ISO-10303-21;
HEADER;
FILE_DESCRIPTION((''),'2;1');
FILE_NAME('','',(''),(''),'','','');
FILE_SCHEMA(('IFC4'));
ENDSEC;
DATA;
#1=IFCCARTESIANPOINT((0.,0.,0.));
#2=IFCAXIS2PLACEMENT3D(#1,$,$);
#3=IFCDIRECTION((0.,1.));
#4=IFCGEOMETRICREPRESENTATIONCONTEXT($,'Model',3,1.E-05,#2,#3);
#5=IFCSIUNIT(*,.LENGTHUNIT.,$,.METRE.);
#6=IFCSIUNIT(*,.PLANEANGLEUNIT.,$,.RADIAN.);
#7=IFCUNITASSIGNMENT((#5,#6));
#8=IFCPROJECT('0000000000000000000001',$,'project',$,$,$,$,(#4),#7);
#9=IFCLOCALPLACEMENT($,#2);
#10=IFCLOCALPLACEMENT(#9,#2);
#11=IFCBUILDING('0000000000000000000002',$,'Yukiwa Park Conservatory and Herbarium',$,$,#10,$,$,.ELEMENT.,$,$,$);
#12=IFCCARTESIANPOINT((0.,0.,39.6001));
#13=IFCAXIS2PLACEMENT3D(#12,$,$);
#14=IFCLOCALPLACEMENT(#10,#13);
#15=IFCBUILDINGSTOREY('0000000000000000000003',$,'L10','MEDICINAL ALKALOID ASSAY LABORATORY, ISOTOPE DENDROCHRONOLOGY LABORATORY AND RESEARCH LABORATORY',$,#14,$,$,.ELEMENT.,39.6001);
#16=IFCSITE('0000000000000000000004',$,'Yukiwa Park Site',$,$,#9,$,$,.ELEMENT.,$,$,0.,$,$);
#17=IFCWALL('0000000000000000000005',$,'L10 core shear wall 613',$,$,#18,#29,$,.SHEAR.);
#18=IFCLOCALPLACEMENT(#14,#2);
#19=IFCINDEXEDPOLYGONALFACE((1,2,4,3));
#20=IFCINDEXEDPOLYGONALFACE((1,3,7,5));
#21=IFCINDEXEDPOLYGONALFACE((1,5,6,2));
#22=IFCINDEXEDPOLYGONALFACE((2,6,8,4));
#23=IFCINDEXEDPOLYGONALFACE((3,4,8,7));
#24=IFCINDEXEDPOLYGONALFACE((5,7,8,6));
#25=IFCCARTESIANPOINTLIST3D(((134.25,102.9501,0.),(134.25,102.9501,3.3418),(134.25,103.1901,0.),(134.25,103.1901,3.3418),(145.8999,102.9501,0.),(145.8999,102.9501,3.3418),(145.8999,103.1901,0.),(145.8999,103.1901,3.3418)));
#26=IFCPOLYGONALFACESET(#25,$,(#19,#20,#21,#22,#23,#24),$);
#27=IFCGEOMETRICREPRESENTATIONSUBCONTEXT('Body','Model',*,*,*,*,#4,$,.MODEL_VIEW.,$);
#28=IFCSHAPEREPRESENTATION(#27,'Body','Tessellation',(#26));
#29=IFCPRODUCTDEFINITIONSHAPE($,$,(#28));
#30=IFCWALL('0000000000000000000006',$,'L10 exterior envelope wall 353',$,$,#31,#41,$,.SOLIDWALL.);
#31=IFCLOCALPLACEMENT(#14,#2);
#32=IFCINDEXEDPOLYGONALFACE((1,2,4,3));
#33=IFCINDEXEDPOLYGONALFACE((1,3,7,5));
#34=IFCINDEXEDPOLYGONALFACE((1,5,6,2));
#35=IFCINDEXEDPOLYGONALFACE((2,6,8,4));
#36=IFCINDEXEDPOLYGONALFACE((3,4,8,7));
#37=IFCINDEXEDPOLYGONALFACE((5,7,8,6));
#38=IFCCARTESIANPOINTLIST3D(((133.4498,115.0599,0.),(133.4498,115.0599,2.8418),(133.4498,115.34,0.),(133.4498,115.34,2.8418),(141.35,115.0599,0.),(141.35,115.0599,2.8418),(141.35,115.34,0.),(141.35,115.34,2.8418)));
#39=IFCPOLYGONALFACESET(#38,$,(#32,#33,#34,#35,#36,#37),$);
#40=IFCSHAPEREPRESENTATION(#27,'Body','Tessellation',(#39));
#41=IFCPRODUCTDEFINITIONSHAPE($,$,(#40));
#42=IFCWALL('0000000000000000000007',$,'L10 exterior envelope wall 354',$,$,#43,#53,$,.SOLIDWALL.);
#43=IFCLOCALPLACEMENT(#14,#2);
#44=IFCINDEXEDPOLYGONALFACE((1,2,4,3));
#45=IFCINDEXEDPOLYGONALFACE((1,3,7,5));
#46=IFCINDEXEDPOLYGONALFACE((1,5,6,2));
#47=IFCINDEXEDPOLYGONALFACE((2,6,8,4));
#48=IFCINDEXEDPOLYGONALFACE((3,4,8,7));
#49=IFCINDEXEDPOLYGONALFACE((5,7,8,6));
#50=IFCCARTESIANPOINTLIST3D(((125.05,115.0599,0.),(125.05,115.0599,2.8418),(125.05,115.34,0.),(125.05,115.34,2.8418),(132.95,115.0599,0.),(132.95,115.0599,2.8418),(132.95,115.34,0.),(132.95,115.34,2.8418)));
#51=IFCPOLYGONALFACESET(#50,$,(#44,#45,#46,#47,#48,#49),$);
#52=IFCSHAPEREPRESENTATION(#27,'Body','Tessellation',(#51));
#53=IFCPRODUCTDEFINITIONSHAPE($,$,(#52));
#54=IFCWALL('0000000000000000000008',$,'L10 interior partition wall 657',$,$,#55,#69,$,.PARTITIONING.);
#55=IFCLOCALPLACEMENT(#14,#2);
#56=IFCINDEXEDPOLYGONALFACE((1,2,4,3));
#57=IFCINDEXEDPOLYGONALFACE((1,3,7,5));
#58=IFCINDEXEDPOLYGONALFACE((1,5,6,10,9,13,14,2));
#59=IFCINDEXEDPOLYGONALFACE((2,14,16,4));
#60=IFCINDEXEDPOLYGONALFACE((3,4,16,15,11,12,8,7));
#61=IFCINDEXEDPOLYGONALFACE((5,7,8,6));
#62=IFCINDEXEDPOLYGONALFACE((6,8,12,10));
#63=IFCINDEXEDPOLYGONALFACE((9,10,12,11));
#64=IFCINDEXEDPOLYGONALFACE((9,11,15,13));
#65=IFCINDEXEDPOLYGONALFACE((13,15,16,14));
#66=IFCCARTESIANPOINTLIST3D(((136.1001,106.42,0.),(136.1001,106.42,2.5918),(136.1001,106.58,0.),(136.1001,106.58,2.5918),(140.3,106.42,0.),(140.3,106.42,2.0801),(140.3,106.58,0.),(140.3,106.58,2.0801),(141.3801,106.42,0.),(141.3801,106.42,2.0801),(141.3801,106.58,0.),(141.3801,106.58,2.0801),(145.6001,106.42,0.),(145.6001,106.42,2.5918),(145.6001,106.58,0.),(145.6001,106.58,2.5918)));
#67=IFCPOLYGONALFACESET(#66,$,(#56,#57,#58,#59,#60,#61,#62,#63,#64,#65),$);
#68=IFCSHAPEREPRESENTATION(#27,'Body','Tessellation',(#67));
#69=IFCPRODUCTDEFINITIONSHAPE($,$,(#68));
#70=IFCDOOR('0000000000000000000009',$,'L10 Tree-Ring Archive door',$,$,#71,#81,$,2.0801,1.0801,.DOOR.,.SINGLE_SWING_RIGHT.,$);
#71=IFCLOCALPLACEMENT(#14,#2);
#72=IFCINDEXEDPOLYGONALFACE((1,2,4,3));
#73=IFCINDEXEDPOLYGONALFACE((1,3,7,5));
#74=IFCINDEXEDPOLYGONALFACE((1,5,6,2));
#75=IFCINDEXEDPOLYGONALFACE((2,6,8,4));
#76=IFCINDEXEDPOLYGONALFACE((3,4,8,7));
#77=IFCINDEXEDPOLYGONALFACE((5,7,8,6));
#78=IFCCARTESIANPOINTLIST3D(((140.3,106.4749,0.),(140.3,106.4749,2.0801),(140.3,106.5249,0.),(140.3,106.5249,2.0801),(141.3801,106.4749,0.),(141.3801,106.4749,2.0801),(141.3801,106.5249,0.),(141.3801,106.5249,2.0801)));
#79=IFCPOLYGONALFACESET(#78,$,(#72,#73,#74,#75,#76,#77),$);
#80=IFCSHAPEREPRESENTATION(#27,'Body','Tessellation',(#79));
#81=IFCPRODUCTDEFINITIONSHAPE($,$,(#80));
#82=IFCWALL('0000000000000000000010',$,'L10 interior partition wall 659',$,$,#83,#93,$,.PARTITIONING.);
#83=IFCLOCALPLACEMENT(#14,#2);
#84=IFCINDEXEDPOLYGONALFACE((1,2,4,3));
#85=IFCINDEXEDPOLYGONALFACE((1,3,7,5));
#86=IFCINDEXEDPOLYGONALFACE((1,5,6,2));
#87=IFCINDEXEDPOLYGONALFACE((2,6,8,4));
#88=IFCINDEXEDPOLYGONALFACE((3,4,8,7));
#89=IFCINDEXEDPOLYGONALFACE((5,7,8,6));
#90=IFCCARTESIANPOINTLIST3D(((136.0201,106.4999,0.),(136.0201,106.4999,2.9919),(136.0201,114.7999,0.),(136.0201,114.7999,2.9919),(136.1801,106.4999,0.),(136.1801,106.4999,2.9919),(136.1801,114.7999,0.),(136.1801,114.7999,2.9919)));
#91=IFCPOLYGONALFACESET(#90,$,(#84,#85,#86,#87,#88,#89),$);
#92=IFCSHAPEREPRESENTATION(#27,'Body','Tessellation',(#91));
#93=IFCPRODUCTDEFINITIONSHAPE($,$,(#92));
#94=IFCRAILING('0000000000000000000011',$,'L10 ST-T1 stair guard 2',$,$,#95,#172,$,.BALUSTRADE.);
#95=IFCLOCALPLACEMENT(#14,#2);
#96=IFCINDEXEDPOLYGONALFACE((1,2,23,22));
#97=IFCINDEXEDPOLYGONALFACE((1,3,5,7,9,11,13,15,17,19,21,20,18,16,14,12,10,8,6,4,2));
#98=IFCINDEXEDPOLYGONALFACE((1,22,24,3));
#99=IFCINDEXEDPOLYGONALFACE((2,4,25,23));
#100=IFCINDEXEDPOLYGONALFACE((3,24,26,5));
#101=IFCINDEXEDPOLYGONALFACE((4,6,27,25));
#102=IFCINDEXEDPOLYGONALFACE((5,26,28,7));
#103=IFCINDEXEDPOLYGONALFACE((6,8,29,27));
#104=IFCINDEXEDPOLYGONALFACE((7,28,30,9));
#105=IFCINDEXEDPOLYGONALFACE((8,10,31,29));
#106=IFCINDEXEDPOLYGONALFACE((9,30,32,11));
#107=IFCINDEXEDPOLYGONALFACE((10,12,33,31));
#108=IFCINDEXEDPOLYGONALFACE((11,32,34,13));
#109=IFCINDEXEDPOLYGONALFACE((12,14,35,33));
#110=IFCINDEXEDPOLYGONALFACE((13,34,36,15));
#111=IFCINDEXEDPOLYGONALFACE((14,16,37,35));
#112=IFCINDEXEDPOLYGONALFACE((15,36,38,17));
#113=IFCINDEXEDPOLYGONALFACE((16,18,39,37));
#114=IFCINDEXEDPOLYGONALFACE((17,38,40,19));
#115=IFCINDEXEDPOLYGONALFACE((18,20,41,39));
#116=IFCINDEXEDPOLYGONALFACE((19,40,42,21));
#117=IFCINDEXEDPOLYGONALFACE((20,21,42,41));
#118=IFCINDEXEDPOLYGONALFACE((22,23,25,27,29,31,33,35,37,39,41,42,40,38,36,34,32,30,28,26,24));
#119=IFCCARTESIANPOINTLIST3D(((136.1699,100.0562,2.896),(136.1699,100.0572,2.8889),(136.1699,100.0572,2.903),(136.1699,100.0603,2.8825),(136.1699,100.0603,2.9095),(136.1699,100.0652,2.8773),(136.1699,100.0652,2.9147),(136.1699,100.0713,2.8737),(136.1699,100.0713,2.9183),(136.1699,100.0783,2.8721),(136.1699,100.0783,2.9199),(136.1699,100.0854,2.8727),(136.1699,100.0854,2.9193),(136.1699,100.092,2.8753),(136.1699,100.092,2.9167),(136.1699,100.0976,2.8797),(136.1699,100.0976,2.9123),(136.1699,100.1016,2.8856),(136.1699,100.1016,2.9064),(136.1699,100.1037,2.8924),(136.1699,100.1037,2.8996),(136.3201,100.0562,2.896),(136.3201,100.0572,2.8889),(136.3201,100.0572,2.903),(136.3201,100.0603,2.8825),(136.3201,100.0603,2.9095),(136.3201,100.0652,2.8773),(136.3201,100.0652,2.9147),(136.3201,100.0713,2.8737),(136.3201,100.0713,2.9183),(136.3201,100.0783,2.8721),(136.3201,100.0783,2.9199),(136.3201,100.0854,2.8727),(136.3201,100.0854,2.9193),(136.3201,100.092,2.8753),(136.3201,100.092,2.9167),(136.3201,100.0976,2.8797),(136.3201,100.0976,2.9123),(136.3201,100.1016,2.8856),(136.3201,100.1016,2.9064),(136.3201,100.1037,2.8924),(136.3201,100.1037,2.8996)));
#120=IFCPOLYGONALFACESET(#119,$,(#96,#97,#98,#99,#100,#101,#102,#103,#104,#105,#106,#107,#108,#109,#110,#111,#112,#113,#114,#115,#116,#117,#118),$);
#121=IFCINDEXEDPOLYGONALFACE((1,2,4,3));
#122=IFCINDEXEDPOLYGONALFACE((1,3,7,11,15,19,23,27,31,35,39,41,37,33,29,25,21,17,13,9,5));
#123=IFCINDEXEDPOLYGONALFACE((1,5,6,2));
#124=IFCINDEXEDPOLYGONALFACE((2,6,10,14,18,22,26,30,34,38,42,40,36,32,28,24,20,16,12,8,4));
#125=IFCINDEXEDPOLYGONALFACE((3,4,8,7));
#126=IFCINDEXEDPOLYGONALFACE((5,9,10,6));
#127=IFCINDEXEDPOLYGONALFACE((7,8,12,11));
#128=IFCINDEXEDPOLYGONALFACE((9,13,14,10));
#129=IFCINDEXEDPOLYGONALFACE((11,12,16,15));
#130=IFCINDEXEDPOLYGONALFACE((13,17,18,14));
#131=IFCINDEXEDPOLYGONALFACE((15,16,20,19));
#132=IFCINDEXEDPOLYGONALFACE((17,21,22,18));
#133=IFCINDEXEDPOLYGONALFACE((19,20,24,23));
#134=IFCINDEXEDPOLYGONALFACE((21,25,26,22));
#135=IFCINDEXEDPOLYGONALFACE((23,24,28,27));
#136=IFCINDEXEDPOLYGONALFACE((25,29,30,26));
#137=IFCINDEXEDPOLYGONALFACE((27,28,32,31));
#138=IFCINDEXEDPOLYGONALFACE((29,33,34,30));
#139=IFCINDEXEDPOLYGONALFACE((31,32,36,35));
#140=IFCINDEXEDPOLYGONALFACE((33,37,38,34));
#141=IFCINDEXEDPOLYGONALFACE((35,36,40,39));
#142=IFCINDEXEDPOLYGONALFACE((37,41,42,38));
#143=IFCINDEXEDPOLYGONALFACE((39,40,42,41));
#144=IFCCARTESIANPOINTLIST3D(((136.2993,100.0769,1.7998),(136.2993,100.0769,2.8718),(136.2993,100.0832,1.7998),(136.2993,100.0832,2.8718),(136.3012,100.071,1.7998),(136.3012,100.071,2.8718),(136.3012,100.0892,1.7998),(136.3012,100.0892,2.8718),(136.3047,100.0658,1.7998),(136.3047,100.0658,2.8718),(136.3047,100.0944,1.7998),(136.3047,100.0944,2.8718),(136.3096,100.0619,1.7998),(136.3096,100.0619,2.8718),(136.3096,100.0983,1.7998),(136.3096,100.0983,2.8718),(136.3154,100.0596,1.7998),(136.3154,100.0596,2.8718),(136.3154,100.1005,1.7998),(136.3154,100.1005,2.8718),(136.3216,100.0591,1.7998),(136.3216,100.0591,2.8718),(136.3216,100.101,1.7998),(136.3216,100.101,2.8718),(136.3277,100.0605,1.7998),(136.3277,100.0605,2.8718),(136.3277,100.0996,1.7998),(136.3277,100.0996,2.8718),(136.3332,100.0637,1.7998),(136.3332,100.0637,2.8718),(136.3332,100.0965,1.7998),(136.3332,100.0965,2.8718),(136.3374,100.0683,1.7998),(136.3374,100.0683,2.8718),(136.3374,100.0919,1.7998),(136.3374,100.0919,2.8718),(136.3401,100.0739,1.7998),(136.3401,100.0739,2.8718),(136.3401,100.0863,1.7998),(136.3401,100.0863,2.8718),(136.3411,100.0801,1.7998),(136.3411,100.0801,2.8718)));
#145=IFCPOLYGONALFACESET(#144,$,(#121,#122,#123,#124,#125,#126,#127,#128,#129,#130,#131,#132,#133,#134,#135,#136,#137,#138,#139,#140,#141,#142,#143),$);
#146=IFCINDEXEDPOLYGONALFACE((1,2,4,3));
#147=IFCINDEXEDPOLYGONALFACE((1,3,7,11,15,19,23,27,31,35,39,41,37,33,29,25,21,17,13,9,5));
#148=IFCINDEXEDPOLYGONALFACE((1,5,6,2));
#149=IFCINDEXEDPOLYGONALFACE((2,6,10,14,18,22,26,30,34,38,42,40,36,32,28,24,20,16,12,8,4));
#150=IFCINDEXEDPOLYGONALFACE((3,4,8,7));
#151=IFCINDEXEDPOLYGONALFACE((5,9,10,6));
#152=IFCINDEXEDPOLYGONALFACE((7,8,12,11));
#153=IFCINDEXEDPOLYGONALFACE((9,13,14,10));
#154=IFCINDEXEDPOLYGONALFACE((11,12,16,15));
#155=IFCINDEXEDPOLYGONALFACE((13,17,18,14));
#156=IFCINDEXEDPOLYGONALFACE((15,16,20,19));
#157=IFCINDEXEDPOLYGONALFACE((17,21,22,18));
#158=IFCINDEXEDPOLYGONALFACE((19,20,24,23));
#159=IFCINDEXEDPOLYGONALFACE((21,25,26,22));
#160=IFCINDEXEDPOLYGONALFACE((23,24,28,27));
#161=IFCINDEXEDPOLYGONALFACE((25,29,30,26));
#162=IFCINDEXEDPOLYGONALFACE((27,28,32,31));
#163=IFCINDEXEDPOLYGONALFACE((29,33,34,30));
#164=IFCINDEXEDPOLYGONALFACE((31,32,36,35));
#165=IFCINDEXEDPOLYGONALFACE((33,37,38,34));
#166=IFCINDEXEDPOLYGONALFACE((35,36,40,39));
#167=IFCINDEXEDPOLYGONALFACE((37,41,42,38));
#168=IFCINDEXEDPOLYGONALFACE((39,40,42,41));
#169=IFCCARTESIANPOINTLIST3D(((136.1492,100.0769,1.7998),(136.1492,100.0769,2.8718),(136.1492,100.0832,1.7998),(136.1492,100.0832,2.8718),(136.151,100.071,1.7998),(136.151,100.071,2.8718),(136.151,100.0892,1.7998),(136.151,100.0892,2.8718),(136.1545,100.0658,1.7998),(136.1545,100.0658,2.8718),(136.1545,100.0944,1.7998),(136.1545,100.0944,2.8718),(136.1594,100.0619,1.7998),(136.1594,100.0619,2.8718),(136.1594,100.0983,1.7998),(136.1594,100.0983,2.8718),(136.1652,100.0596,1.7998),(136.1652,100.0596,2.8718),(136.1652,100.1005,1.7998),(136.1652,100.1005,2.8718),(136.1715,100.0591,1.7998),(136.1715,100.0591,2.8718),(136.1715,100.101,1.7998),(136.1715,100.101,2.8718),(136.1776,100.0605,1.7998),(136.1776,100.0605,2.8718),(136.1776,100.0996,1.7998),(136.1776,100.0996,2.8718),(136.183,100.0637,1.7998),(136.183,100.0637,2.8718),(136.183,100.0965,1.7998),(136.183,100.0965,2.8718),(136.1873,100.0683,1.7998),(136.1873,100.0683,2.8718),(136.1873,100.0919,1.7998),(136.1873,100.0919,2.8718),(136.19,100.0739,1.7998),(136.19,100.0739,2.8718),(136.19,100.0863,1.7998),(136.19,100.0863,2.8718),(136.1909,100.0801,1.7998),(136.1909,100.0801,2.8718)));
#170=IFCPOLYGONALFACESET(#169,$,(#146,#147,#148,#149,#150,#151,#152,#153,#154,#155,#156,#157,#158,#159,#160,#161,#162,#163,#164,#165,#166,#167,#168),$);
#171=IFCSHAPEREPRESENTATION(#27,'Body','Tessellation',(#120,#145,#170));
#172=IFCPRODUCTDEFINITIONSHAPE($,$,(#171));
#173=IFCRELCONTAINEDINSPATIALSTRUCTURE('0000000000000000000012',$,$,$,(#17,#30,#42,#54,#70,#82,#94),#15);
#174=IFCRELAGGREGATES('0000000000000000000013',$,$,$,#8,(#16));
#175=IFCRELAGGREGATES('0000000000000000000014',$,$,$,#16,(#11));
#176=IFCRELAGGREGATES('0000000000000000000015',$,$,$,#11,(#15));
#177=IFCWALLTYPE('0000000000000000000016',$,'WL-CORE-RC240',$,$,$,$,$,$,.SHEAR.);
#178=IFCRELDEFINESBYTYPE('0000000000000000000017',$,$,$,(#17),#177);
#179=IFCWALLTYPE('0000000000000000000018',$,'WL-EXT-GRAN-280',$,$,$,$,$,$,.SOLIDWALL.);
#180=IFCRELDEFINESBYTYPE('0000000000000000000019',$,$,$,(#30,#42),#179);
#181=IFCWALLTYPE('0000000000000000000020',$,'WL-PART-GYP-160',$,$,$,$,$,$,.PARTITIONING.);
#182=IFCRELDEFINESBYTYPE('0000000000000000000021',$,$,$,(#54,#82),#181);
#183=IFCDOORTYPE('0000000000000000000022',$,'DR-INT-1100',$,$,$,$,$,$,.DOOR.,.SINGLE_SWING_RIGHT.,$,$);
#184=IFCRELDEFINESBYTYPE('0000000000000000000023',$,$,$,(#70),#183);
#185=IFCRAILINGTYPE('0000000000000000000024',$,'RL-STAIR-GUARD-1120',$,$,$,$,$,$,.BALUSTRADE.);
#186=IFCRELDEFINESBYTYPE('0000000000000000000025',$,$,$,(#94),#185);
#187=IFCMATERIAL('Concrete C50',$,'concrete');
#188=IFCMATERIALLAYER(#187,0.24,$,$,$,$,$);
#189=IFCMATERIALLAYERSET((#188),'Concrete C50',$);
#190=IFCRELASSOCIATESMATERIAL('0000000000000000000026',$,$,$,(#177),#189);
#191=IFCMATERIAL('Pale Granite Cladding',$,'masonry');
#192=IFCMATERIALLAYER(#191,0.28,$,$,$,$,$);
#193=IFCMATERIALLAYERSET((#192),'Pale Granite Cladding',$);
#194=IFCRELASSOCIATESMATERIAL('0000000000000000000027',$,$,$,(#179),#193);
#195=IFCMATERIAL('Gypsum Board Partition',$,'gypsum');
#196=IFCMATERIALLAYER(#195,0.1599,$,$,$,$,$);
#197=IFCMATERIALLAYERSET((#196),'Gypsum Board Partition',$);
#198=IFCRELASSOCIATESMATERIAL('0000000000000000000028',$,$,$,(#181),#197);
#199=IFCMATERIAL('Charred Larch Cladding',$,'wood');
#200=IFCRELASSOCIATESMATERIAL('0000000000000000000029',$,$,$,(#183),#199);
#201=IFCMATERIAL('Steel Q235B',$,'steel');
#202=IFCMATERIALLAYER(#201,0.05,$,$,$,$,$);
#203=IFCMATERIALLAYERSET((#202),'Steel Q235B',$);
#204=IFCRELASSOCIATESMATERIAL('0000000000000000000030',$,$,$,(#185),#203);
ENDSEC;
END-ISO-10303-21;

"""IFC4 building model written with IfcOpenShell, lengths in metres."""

from ifc_helpers import new_model, si_unit, direction, frame, frame_2d, origin, origin_2d, place, context, subcontext, project, spatial, rectangle, circle, extrude, material, layer, layer_set, type_object, element, fill, save


model = new_model("IFC4")

# Units and contexts
model_context = context("Model", 3, precision=1e-05, world=origin(), true_north=direction((0.0, 1.0)))
body_context = subcontext(model_context, "Body", "Model", "MODEL_VIEW")
ifc_project = project(units=[si_unit("LENGTHUNIT", "METRE"), si_unit("PLANEANGLEUNIT", "RADIAN")], contexts=[model_context])

# Site, building, storey
site_placement = place(None, origin())
site = spatial("IfcSite", under=ifc_project, at=site_placement, Name="Yukiwa Park Site", CompositionType="ELEMENT", RefElevation=0.0)
building_placement = place(site_placement, origin())
building = spatial("IfcBuilding", under=site, at=building_placement, Name="Yukiwa Park Conservatory and Herbarium", CompositionType="ELEMENT")
storey_placement = place(building_placement, frame((0.0, 0.0, 39.6001)))
storey = spatial("IfcBuildingStorey", under=building, at=storey_placement, Name="L10", Description="MEDICINAL ALKALOID ASSAY LABORATORY, ISOTOPE DENDROCHRONOLOGY LABORATORY AND RESEARCH LABORATORY", CompositionType="ELEMENT", Elevation=39.6001)

# Walls
ifc_material_1 = material(Name="Concrete C50", Category="concrete")
ifc_layer_1 = layer(ifc_material_1, 0.24)
ifc_layer_set_1 = layer_set([ifc_layer_1], Name="Concrete C50")
wall_type_1 = type_object("IfcWallType", Name="WL-CORE-RC240", PredefinedType="SHEAR", material=ifc_layer_set_1)
wall_1_placement = place(storey_placement, frame((134.25, 103.0701, 0.0), z_axis=(0.0, 0.0, 1.0), x_axis=(1.0, 0.0, 0.0)))
element("IfcWall", 1, at=wall_1_placement, inside=storey, type_object=wall_type_1, Name="L10 core shear wall 613", PredefinedType="SHEAR", context=body_context, shape_type="SweptSolid", body=[
    extrude(rectangle(XDim=11.6499, YDim=0.24, at=frame_2d((5.825, 0.0))), origin(), (0.0, 0.0, 1.0), 3.3418),
])
ifc_material_2 = material(Name="Pale Granite Cladding", Category="masonry")
ifc_layer_2 = layer(ifc_material_2, 0.28)
ifc_layer_set_2 = layer_set([ifc_layer_2], Name="Pale Granite Cladding")
wall_type_2 = type_object("IfcWallType", Name="WL-EXT-GRAN-280", PredefinedType="SOLIDWALL", material=ifc_layer_set_2)
wall_2_placement = place(storey_placement, frame((141.3501, 115.2, 0.0), z_axis=(0.0, 0.0, 1.0), x_axis=(-1.0, 0.0, 0.0)))
element("IfcWall", 2, at=wall_2_placement, inside=storey, type_object=wall_type_2, Name="L10 exterior envelope wall 353", PredefinedType="SOLIDWALL", context=body_context, shape_type="SweptSolid", body=[
    extrude(rectangle(XDim=7.9001, YDim=0.28, at=frame_2d((3.9502, 0.0))), origin(), (0.0, 0.0, 1.0), 2.8418),
])
wall_3_placement = place(storey_placement, frame((132.95, 115.2, 0.0), z_axis=(0.0, 0.0, 1.0), x_axis=(-1.0, 0.0, 0.0)))
element("IfcWall", 3, at=wall_3_placement, inside=storey, type_object=wall_type_2, Name="L10 exterior envelope wall 354", PredefinedType="SOLIDWALL", context=body_context, shape_type="SweptSolid", body=[
    extrude(rectangle(XDim=7.8999, YDim=0.28, at=frame_2d((3.95, 0.0))), origin(), (0.0, 0.0, 1.0), 2.8418),
])

# Wall, opening, door
ifc_material_3 = material(Name="Gypsum Board Partition", Category="gypsum")
ifc_layer_3 = layer(ifc_material_3, 0.1599)
ifc_layer_set_3 = layer_set([ifc_layer_3], Name="Gypsum Board Partition")
wall_type_3 = type_object("IfcWallType", Name="WL-PART-GYP-160", PredefinedType="PARTITIONING", material=ifc_layer_set_3)
wall_4_placement = place(storey_placement, frame((136.1001, 106.5, 0.0), z_axis=(0.0, 0.0, 1.0), x_axis=(1.0, 0.0, 0.0)))
wall_4 = element("IfcWall", 4, at=wall_4_placement, inside=storey, type_object=wall_type_3, Name="L10 interior partition wall 657", PredefinedType="PARTITIONING", context=body_context, shape_type="SweptSolid", body=[
    extrude(rectangle(XDim=9.5, YDim=0.1599, at=frame_2d((4.75, 0.0))), origin(), (0.0, 0.0, 1.0), 2.5918),
])
opening_placement = place(wall_4_placement, frame((4.2, 0.0, 0.0)))
opening = element("IfcOpeningElement", 5, at=opening_placement, cuts=wall_4, PredefinedType="OPENING", context=body_context, shape_type="SweptSolid", body=[
    extrude(rectangle(XDim=1.0801, YDim=2.0801, at=frame_2d((0.54, 1.04))), frame((0.0, 0.0898, 0.0), z_axis=(0.0, -1.0, 0.0), x_axis=(1.0, 0.0, 0.0)), (0.0, 0.0, 1.0), 0.1799),
])
ifc_material_4 = material(Name="Charred Larch Cladding", Category="wood")
door_type = type_object("IfcDoorType", Name="DR-INT-1100", OperationType="SINGLE_SWING_RIGHT", PredefinedType="DOOR", material=ifc_material_4)
door_placement = place(opening_placement, origin())
door = element("IfcDoor", 6, at=door_placement, inside=storey, type_object=door_type, Name="L10 Tree-Ring Archive door", OperationType="SINGLE_SWING_RIGHT", OverallHeight=2.0801, OverallWidth=1.0801, PredefinedType="DOOR", context=body_context, shape_type="SweptSolid", body=[
    extrude(rectangle(XDim=1.0801, YDim=2.0801, at=frame_2d((0.54, 1.04))), frame((0.0, 0.0249, 0.0), z_axis=(0.0, -1.0, 0.0), x_axis=(1.0, 0.0, 0.0)), (0.0, 0.0, 1.0), 0.05),
])
fill(opening, door)

# Wall
wall_5_placement = place(storey_placement, frame((136.1001, 106.5, 0.0), z_axis=(0.0, 0.0, 1.0), x_axis=(0.0, 1.0, 0.0)))
element("IfcWall", 7, at=wall_5_placement, inside=storey, type_object=wall_type_3, Name="L10 interior partition wall 659", PredefinedType="PARTITIONING", context=body_context, shape_type="SweptSolid", body=[
    extrude(rectangle(XDim=8.3, YDim=0.1599, at=frame_2d((4.1499, 0.0))), origin(), (0.0, 0.0, 1.0), 2.9919),
])

# Railing
ifc_material_5 = material(Name="Steel Q235B", Category="steel")
ifc_layer_4 = layer(ifc_material_5, 0.05)
ifc_layer_set_4 = layer_set([ifc_layer_4], Name="Steel Q235B")
railing_type = type_object("IfcRailingType", Name="RL-STAIR-GUARD-1120", PredefinedType="BALUSTRADE", material=ifc_layer_set_4)
railing_placement = place(storey_placement, frame((136.3201, 100.0801, 1.7998)))
element("IfcRailing", 8, at=railing_placement, inside=storey, type_object=railing_type, Name="L10 ST-T1 stair guard 2", PredefinedType="BALUSTRADE", context=body_context, shape_type="SweptSolid", body=[
    extrude(circle(Radius=0.0239, at=origin_2d()), frame((0.0, 0.0, 1.0962), z_axis=(-1.0, 0.0, 0.0), x_axis=(0.0, -1.0, 0.0)), (0.0, 0.0, 1.0), 0.1501),
    extrude(circle(Radius=0.021, at=origin_2d()), origin(), (0.0, 0.0, 1.0), 1.072),
    extrude(circle(Radius=0.021, at=origin_2d()), frame((-0.1501, 0.0, 0.0)), (0.0, 0.0, 1.0), 1.072),
])

save(model, "model.ifc")
